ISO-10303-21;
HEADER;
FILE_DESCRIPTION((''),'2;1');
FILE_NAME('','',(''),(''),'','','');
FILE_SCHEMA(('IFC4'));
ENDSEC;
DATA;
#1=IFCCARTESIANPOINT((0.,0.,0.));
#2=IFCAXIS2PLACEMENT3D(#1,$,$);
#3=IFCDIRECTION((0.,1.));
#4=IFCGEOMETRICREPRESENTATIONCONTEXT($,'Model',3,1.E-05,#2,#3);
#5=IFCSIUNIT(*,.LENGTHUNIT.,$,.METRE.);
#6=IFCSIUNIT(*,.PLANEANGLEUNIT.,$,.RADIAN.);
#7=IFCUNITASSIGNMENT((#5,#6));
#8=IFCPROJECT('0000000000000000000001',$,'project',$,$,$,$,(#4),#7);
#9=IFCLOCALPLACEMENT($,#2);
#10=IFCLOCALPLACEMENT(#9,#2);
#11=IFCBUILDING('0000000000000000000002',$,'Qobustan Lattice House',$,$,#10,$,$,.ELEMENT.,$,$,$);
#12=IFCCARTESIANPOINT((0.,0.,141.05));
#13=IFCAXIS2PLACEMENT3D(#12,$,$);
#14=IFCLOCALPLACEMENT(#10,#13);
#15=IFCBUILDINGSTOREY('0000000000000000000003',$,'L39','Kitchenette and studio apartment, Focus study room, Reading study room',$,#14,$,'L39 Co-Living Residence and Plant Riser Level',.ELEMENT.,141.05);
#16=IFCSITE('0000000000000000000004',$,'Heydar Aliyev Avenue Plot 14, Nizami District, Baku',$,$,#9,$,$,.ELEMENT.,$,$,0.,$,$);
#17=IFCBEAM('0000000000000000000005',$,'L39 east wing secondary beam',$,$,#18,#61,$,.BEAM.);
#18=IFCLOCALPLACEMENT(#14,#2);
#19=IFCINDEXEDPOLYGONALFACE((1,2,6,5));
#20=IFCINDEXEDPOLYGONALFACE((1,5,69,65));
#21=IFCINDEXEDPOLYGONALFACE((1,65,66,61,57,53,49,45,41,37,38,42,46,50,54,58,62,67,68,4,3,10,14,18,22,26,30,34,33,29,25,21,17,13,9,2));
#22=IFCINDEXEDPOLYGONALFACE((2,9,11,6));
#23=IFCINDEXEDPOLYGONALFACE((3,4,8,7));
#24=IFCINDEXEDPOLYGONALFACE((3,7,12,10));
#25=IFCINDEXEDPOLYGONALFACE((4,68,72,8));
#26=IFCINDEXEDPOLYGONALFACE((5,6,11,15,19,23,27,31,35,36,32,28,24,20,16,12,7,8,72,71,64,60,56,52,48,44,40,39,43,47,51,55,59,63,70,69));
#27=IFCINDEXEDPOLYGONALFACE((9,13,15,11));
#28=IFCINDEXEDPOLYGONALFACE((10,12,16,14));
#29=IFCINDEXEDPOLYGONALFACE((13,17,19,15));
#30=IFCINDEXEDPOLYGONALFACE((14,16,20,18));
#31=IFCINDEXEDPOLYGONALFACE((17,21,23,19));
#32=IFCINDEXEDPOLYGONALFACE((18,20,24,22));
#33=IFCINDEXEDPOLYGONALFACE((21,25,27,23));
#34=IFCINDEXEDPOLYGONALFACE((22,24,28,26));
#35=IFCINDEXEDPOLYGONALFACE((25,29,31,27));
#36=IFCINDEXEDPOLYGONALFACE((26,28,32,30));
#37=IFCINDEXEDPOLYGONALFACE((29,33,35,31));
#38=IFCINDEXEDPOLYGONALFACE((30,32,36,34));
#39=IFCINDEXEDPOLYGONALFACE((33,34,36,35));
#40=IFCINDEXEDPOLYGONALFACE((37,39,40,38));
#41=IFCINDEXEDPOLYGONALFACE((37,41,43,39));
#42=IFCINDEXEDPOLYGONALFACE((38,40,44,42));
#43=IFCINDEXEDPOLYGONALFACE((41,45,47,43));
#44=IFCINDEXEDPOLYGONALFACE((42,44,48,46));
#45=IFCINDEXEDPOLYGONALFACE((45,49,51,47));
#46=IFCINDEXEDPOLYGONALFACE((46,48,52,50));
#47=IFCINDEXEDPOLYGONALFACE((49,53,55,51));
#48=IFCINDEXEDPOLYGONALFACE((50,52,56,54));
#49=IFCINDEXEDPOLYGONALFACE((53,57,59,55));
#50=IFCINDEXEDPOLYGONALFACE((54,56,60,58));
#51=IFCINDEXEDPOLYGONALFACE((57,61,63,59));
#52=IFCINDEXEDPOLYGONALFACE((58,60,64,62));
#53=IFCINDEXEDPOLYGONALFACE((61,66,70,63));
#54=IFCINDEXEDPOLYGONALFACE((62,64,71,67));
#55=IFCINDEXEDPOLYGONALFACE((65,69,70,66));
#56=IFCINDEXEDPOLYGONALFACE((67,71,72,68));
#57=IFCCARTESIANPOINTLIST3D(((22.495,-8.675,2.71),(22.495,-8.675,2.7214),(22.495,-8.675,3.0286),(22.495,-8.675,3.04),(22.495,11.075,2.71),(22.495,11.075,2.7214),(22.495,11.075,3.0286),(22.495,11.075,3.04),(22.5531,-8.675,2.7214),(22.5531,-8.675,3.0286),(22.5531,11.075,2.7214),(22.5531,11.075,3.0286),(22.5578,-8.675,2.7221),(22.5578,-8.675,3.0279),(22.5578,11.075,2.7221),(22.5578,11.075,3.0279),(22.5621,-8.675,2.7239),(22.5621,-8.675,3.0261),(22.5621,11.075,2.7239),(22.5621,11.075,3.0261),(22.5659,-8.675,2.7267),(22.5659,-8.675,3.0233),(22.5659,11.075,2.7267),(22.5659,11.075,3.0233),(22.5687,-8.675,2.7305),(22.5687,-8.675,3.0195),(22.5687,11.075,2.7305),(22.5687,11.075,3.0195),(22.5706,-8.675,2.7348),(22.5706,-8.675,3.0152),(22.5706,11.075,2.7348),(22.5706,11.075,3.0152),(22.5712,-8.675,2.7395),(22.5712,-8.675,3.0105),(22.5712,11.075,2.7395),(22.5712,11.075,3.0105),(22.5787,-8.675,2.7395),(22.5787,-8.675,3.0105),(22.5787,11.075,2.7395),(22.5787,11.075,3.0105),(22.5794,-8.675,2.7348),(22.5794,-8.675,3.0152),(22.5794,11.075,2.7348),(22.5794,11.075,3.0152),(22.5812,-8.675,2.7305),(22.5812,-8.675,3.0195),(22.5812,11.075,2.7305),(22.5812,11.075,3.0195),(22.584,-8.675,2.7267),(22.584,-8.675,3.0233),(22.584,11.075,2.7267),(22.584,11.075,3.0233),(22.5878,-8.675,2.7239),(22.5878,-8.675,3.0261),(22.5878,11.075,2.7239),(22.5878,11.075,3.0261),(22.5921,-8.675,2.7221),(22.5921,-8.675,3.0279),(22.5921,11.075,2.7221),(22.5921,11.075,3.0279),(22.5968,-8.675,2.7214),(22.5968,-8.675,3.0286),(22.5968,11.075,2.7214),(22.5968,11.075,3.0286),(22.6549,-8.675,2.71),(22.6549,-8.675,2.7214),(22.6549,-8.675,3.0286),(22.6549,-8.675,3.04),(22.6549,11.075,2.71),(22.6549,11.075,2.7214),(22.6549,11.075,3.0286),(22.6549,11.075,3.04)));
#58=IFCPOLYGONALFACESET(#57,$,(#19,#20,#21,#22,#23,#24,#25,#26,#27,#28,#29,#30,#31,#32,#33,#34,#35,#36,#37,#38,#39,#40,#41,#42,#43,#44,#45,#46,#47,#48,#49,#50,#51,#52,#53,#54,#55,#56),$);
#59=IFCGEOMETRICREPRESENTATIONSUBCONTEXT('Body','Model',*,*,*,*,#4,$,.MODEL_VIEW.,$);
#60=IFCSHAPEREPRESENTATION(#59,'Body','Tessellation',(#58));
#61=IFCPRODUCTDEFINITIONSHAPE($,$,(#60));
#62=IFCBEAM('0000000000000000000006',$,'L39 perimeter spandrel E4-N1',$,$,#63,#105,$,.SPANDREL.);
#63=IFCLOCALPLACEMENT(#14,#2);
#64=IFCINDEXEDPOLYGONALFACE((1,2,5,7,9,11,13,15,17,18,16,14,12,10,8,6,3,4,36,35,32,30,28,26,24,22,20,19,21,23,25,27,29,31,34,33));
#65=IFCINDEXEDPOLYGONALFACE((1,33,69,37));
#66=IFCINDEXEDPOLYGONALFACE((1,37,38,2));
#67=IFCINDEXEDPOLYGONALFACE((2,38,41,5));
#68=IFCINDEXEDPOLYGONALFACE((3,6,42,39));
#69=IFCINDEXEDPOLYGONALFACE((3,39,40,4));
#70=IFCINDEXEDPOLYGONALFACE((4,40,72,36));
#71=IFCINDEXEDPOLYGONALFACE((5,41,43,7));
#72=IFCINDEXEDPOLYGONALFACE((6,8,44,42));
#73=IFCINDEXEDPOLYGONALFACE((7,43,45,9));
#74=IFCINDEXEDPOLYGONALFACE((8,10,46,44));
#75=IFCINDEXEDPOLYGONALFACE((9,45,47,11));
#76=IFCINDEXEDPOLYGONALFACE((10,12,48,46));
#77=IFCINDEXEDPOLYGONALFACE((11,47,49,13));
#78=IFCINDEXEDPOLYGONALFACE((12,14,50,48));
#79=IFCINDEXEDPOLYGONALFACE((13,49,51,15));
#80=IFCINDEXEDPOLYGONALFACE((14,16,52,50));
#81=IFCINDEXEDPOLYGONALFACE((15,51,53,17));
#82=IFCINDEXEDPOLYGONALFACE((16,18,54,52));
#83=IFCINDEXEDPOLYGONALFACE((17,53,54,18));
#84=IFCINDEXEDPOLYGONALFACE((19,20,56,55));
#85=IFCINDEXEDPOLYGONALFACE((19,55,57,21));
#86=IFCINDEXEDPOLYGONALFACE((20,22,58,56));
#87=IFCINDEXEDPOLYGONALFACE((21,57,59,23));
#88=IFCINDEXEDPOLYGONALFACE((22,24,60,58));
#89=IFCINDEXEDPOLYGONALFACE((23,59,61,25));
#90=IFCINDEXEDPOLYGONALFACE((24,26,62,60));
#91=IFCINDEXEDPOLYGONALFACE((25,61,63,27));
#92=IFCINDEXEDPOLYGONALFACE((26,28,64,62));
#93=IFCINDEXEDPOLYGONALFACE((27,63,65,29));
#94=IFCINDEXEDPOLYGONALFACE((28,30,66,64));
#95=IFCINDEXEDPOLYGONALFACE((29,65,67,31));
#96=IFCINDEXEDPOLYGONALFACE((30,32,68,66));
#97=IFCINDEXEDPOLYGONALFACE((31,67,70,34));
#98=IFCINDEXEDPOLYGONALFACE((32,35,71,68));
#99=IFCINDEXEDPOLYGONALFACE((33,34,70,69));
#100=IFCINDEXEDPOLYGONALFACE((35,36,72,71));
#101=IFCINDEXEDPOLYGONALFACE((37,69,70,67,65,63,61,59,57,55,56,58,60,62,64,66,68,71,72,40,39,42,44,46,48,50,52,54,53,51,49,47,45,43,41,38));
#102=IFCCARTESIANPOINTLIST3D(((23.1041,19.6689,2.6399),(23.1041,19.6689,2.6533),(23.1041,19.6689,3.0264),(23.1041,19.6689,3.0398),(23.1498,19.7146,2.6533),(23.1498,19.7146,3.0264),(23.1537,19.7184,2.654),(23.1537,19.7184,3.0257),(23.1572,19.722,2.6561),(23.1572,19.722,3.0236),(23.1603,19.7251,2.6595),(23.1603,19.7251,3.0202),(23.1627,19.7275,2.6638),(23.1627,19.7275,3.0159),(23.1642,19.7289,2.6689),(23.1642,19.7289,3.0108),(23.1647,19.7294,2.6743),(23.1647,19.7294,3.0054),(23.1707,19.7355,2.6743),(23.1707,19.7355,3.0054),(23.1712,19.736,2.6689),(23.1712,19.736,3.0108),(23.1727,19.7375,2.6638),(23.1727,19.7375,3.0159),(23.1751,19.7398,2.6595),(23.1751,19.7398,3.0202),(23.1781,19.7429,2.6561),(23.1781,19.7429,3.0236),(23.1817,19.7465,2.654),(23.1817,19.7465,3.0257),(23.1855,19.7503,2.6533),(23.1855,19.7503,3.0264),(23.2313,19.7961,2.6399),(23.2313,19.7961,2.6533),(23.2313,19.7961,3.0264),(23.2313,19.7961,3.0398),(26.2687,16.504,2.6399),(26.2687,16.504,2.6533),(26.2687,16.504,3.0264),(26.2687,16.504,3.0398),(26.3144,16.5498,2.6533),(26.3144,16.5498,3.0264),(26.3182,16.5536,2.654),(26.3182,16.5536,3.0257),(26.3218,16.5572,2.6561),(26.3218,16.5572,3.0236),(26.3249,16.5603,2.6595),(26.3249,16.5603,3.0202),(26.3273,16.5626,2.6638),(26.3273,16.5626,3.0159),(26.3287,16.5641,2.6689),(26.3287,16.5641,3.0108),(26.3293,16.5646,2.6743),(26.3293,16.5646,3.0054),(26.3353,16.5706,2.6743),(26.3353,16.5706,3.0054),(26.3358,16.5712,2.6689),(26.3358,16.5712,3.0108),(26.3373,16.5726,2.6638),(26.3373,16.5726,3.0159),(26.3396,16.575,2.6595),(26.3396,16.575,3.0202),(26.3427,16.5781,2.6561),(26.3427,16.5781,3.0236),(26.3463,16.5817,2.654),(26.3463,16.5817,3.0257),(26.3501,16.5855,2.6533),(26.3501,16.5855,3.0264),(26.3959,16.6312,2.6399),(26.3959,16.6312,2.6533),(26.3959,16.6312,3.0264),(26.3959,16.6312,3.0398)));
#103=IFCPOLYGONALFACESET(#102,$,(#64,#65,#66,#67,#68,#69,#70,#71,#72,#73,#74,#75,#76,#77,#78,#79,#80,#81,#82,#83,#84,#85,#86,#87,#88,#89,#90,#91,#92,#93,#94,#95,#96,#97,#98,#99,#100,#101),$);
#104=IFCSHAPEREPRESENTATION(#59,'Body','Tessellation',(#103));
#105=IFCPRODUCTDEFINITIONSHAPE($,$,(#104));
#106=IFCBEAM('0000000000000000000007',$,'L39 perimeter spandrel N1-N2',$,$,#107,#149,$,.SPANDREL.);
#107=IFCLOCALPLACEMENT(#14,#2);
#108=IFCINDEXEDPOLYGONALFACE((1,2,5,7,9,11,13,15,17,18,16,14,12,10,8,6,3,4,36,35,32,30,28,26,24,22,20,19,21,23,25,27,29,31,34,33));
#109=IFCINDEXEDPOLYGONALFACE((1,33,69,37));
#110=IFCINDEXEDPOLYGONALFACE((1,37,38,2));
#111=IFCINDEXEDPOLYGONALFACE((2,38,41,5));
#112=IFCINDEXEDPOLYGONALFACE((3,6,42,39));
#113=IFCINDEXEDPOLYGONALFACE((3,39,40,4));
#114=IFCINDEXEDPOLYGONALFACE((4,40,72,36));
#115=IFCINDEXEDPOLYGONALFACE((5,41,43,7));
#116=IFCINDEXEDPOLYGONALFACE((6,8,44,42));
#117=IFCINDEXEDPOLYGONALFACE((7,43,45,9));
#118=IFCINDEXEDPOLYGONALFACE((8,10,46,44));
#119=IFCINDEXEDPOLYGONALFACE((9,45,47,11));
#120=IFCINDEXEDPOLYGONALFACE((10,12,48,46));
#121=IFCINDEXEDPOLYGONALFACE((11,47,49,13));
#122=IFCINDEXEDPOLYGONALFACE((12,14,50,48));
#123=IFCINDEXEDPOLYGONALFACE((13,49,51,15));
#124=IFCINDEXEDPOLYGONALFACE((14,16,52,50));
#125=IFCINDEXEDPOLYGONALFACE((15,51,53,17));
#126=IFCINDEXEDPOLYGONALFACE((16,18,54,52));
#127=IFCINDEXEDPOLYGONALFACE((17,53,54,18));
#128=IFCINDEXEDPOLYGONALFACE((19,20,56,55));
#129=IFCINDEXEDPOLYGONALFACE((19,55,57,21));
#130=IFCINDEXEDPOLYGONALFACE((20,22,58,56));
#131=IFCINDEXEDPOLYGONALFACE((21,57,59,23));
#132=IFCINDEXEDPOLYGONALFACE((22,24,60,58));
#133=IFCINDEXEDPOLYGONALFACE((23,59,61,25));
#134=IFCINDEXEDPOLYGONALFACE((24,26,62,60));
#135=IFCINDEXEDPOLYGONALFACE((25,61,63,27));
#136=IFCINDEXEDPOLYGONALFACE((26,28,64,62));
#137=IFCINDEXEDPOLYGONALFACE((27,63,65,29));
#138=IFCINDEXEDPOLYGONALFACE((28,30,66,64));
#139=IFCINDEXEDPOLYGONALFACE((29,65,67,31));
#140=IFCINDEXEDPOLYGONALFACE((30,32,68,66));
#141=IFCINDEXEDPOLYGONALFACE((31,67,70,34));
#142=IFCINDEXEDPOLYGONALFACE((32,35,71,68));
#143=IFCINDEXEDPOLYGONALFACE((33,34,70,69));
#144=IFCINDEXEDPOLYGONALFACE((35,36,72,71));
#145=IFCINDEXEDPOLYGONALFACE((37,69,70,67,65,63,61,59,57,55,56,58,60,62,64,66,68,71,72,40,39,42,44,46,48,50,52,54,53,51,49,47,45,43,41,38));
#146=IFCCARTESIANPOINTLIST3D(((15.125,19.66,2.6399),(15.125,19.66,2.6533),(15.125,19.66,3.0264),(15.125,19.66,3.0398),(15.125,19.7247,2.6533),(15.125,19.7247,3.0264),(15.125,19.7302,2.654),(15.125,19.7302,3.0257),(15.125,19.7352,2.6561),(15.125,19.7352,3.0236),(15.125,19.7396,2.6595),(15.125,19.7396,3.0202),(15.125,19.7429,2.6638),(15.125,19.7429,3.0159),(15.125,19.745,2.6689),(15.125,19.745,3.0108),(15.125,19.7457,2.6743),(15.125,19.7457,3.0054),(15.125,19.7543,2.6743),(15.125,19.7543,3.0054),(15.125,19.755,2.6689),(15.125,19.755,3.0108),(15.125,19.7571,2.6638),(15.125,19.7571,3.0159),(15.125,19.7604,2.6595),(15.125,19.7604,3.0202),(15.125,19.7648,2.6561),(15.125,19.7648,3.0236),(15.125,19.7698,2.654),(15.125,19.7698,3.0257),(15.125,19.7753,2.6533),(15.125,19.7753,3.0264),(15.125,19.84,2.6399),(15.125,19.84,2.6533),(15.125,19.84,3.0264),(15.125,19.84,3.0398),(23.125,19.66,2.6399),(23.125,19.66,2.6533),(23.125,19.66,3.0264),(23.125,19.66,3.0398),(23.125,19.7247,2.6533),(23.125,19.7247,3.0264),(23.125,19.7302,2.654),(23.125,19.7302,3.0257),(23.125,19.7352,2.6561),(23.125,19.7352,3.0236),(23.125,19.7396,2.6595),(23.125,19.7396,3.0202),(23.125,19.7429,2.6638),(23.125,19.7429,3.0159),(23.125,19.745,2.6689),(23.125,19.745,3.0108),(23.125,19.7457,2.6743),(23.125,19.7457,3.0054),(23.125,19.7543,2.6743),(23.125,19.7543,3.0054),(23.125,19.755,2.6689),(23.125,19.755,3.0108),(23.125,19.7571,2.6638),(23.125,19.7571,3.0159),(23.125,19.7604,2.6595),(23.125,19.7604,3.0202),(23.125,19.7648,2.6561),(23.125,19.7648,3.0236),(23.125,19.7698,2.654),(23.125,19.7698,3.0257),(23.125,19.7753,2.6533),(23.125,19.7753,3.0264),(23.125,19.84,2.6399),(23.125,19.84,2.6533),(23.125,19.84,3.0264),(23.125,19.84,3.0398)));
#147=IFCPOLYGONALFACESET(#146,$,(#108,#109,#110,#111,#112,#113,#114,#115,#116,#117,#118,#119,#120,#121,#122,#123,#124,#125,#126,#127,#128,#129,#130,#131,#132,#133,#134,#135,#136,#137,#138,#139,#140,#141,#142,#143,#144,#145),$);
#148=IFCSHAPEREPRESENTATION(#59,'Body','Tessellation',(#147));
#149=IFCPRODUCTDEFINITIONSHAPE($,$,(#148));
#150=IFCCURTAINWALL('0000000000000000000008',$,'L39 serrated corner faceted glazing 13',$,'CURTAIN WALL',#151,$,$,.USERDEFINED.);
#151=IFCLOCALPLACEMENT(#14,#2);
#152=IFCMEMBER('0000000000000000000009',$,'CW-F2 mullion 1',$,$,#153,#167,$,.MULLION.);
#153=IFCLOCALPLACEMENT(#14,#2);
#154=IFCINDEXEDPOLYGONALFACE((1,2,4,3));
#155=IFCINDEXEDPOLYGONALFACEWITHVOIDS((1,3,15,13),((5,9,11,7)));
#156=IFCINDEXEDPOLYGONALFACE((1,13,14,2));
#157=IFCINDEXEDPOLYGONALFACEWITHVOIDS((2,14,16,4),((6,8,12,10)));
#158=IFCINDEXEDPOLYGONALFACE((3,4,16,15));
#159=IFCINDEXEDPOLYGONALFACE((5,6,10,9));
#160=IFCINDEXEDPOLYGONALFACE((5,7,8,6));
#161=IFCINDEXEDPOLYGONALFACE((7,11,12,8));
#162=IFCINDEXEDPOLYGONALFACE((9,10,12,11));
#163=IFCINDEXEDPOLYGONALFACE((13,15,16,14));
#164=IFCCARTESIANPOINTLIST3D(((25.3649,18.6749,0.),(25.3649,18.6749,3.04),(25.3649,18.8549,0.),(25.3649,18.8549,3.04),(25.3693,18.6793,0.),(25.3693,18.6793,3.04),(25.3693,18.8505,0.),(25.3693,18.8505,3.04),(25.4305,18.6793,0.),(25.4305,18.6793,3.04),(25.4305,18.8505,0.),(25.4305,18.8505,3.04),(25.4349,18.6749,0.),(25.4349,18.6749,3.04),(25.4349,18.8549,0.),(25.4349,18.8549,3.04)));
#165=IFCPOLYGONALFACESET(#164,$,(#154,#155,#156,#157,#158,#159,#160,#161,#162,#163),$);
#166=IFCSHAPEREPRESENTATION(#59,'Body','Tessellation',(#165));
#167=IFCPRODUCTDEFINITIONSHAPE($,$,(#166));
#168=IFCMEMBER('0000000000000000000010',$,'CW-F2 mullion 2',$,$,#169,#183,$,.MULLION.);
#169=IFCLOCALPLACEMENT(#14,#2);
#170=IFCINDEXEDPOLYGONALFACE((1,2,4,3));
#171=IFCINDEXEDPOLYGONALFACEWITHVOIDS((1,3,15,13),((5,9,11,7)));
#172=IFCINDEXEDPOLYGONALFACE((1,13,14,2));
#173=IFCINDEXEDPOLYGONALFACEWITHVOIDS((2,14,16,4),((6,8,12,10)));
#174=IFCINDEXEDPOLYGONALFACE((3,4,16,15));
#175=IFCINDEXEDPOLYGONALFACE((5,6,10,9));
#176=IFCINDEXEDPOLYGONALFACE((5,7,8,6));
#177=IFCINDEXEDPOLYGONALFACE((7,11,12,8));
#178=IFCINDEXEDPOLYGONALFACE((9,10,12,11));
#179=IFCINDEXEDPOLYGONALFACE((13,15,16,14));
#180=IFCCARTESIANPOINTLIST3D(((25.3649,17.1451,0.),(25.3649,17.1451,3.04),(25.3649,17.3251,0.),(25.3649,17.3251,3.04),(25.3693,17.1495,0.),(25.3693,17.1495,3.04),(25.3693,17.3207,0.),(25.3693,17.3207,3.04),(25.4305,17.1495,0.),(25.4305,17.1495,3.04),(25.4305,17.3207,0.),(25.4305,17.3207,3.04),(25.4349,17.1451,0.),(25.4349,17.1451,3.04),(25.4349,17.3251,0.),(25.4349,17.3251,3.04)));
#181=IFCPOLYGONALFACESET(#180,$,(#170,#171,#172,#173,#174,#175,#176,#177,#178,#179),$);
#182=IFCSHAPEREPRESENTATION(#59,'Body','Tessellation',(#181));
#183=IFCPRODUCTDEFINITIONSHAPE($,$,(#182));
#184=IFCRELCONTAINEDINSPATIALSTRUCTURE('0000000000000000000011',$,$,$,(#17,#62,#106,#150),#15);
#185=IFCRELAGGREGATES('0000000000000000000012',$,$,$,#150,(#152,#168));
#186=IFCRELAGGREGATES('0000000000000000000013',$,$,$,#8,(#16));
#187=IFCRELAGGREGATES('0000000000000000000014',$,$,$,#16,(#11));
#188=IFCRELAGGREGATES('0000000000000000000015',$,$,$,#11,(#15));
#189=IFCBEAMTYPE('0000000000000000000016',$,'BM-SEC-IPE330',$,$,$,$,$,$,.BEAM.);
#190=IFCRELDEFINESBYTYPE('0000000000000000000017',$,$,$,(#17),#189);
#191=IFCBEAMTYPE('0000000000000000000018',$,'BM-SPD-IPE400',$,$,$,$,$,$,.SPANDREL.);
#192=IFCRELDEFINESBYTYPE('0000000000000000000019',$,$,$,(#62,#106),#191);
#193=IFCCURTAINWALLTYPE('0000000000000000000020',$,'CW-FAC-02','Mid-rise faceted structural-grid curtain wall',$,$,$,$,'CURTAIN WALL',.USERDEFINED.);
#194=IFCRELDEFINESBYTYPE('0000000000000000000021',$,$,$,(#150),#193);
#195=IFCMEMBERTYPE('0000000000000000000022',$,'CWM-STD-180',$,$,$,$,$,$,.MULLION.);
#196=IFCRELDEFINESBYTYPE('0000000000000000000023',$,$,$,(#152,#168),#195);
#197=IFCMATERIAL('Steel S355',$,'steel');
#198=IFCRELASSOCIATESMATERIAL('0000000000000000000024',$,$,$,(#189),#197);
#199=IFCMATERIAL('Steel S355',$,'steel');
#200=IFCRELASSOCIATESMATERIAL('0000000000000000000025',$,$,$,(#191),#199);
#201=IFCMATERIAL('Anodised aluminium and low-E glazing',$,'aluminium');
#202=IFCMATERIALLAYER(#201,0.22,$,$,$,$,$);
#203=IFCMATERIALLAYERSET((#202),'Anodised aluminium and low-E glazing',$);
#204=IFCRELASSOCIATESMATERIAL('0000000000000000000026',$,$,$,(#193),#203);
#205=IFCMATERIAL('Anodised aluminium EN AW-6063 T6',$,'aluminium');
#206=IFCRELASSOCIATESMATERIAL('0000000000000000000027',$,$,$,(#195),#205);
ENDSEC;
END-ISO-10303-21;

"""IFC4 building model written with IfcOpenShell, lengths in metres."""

from ifc_helpers import new_model, si_unit, direction, frame, origin, origin_2d, place, context, subcontext, project, spatial, hollow_rectangle, i_section, extrude, material, layer, layer_set, material_profile, profile_set, type_object, element, aggregate, save


model = new_model("IFC4")

# Units and contexts
model_context = context("Model", 3, precision=1e-05, world=origin(), true_north=direction((0.0, 1.0)))
body_context = subcontext(model_context, "Body", "Model", "MODEL_VIEW")
ifc_project = project(units=[si_unit("LENGTHUNIT", "METRE"), si_unit("PLANEANGLEUNIT", "RADIAN")], contexts=[model_context])

# Site, building, storey
site_placement = place(None, origin())
site = spatial("IfcSite", under=ifc_project, at=site_placement, Name="Heydar Aliyev Avenue Plot 14, Nizami District, Baku", CompositionType="ELEMENT", RefElevation=0.0)
building_placement = place(site_placement, origin())
building = spatial("IfcBuilding", under=site, at=building_placement, Name="Qobustan Lattice House", CompositionType="ELEMENT")
storey_placement = place(building_placement, frame((0.0, 0.0, 141.05)))
storey = spatial("IfcBuildingStorey", under=building, at=storey_placement, Name="L39", Description="Kitchenette and studio apartment, Focus study room, Reading study room", LongName="L39 Co-Living Residence and Plant Riser Level", CompositionType="ELEMENT", Elevation=141.05)

# Beams
ifc_material_1 = material(Name="Steel S355", Category="steel")
ifc_material_profile_1 = material_profile(ifc_material_1, i_section(OverallWidth=0.1599, OverallDepth=0.3301, WebThickness=0.0076, FlangeThickness=0.0115, FilletRadius=0.0181, at=origin_2d()), Name="IPE330")
ifc_profile_set_1 = profile_set([ifc_material_profile_1], Name="Steel S355")
beam_type_1 = type_object("IfcBeamType", Name="BM-SEC-IPE330", PredefinedType="BEAM", material=ifc_profile_set_1)
beam_1_placement = place(storey_placement, frame((22.575, 11.075, 2.875), z_axis=(0.0, -1.0, 0.0), x_axis=(1.0, 0.0, 0.0)))
element("IfcBeam", 1, at=beam_1_placement, inside=storey, type_object=beam_type_1, Name="L39 east wing secondary beam", PredefinedType="BEAM", context=body_context, shape_type="SweptSolid", body=[
    extrude(i_section(OverallWidth=0.1599, OverallDepth=0.3301, WebThickness=0.0076, FlangeThickness=0.0115, FilletRadius=0.0181, at=origin_2d()), origin(), (0.0, 0.0, 1.0), 19.75),
])
ifc_material_2 = material(Name="Steel S355", Category="steel")
ifc_material_profile_2 = material_profile(ifc_material_2, i_section(OverallWidth=0.1799, OverallDepth=0.3999, WebThickness=0.0085, FlangeThickness=0.0134, FilletRadius=0.021, at=origin_2d()), Name="IPE400")
ifc_profile_set_2 = profile_set([ifc_material_profile_2], Name="Steel S355")
beam_type_2 = type_object("IfcBeamType", Name="BM-SPD-IPE400", PredefinedType="SPANDREL", material=ifc_profile_set_2)
beam_2_placement = place(storey_placement, frame((26.3323, 16.5676, 2.8398), z_axis=(-0.70708, 0.707134, 0.0), x_axis=(-0.707134, -0.70708, 0.0)))
element("IfcBeam", 2, at=beam_2_placement, inside=storey, type_object=beam_type_2, Name="L39 perimeter spandrel E4-N1", PredefinedType="SPANDREL", context=body_context, shape_type="SweptSolid", body=[
    extrude(i_section(OverallWidth=0.1799, OverallDepth=0.3999, WebThickness=0.0085, FlangeThickness=0.0134, FilletRadius=0.021, at=origin_2d()), origin(), (0.0, 0.0, 1.0), 4.4756),
])
beam_3_placement = place(storey_placement, frame((23.125, 19.75, 2.8398), z_axis=(-1.0, 0.0, 0.0), x_axis=(0.0, -1.0, 0.0)))
element("IfcBeam", 3, at=beam_3_placement, inside=storey, type_object=beam_type_2, Name="L39 perimeter spandrel N1-N2", PredefinedType="SPANDREL", context=body_context, shape_type="SweptSolid", body=[
    extrude(i_section(OverallWidth=0.1799, OverallDepth=0.3999, WebThickness=0.0085, FlangeThickness=0.0134, FilletRadius=0.021, at=origin_2d()), origin(), (0.0, 0.0, 1.0), 8.0),
])

# Curtain wall, members
ifc_material_3 = material(Name="Anodised aluminium and low-E glazing", Category="aluminium")
ifc_layer_1 = layer(ifc_material_3, 0.22)
ifc_layer_set_1 = layer_set([ifc_layer_1], Name="Anodised aluminium and low-E glazing")
curtain_wall_type = type_object("IfcCurtainWallType", Name="CW-FAC-02", Description="Mid-rise faceted structural-grid curtain wall", ElementType="CURTAIN WALL", PredefinedType="USERDEFINED", material=ifc_layer_set_1)
curtain_wall_placement = place(storey_placement, origin())
curtain_wall = element("IfcCurtainWall", 4, at=curtain_wall_placement, inside=storey, type_object=curtain_wall_type, Name="L39 serrated corner faceted glazing 13", ObjectType="CURTAIN WALL", PredefinedType="USERDEFINED")
ifc_material_4 = material(Name="Anodised aluminium EN AW-6063 T6", Category="aluminium")
ifc_material_profile_3 = material_profile(ifc_material_4, hollow_rectangle(XDim=0.0701, YDim=0.1799, WallThickness=0.0044, at=origin_2d()), Name="CWM-180x70")
ifc_profile_set_3 = profile_set([ifc_material_profile_3], Name="Anodised aluminium EN AW-6063 T6")
member_type_1 = type_object("IfcMemberType", Name="CWM-STD-180", PredefinedType="MULLION", material=ifc_profile_set_3)
member_1_placement = place(storey_placement, frame((25.3999, 18.7649, 0.0), z_axis=(0.0, 0.0, 1.0), x_axis=(1.0, 0.0, 0.0)))
member_1 = element("IfcMember", 5, at=member_1_placement, type_object=member_type_1, Name="CW-F2 mullion 1", PredefinedType="MULLION", context=body_context, shape_type="SweptSolid", body=[
    extrude(hollow_rectangle(XDim=0.0701, YDim=0.1799, WallThickness=0.0044, at=origin_2d()), origin(), (0.0, 0.0, 1.0), 3.04),
])
member_2_placement = place(storey_placement, frame((25.3999, 17.2351, 0.0), z_axis=(0.0, 0.0, 1.0), x_axis=(1.0, 0.0, 0.0)))
member_2 = element("IfcMember", 6, at=member_2_placement, type_object=member_type_1, Name="CW-F2 mullion 2", PredefinedType="MULLION", context=body_context, shape_type="SweptSolid", body=[
    extrude(hollow_rectangle(XDim=0.0701, YDim=0.1799, WallThickness=0.0044, at=origin_2d()), origin(), (0.0, 0.0, 1.0), 3.04),
])
aggregate(curtain_wall, [member_1, member_2])

save(model, "model.ifc")
